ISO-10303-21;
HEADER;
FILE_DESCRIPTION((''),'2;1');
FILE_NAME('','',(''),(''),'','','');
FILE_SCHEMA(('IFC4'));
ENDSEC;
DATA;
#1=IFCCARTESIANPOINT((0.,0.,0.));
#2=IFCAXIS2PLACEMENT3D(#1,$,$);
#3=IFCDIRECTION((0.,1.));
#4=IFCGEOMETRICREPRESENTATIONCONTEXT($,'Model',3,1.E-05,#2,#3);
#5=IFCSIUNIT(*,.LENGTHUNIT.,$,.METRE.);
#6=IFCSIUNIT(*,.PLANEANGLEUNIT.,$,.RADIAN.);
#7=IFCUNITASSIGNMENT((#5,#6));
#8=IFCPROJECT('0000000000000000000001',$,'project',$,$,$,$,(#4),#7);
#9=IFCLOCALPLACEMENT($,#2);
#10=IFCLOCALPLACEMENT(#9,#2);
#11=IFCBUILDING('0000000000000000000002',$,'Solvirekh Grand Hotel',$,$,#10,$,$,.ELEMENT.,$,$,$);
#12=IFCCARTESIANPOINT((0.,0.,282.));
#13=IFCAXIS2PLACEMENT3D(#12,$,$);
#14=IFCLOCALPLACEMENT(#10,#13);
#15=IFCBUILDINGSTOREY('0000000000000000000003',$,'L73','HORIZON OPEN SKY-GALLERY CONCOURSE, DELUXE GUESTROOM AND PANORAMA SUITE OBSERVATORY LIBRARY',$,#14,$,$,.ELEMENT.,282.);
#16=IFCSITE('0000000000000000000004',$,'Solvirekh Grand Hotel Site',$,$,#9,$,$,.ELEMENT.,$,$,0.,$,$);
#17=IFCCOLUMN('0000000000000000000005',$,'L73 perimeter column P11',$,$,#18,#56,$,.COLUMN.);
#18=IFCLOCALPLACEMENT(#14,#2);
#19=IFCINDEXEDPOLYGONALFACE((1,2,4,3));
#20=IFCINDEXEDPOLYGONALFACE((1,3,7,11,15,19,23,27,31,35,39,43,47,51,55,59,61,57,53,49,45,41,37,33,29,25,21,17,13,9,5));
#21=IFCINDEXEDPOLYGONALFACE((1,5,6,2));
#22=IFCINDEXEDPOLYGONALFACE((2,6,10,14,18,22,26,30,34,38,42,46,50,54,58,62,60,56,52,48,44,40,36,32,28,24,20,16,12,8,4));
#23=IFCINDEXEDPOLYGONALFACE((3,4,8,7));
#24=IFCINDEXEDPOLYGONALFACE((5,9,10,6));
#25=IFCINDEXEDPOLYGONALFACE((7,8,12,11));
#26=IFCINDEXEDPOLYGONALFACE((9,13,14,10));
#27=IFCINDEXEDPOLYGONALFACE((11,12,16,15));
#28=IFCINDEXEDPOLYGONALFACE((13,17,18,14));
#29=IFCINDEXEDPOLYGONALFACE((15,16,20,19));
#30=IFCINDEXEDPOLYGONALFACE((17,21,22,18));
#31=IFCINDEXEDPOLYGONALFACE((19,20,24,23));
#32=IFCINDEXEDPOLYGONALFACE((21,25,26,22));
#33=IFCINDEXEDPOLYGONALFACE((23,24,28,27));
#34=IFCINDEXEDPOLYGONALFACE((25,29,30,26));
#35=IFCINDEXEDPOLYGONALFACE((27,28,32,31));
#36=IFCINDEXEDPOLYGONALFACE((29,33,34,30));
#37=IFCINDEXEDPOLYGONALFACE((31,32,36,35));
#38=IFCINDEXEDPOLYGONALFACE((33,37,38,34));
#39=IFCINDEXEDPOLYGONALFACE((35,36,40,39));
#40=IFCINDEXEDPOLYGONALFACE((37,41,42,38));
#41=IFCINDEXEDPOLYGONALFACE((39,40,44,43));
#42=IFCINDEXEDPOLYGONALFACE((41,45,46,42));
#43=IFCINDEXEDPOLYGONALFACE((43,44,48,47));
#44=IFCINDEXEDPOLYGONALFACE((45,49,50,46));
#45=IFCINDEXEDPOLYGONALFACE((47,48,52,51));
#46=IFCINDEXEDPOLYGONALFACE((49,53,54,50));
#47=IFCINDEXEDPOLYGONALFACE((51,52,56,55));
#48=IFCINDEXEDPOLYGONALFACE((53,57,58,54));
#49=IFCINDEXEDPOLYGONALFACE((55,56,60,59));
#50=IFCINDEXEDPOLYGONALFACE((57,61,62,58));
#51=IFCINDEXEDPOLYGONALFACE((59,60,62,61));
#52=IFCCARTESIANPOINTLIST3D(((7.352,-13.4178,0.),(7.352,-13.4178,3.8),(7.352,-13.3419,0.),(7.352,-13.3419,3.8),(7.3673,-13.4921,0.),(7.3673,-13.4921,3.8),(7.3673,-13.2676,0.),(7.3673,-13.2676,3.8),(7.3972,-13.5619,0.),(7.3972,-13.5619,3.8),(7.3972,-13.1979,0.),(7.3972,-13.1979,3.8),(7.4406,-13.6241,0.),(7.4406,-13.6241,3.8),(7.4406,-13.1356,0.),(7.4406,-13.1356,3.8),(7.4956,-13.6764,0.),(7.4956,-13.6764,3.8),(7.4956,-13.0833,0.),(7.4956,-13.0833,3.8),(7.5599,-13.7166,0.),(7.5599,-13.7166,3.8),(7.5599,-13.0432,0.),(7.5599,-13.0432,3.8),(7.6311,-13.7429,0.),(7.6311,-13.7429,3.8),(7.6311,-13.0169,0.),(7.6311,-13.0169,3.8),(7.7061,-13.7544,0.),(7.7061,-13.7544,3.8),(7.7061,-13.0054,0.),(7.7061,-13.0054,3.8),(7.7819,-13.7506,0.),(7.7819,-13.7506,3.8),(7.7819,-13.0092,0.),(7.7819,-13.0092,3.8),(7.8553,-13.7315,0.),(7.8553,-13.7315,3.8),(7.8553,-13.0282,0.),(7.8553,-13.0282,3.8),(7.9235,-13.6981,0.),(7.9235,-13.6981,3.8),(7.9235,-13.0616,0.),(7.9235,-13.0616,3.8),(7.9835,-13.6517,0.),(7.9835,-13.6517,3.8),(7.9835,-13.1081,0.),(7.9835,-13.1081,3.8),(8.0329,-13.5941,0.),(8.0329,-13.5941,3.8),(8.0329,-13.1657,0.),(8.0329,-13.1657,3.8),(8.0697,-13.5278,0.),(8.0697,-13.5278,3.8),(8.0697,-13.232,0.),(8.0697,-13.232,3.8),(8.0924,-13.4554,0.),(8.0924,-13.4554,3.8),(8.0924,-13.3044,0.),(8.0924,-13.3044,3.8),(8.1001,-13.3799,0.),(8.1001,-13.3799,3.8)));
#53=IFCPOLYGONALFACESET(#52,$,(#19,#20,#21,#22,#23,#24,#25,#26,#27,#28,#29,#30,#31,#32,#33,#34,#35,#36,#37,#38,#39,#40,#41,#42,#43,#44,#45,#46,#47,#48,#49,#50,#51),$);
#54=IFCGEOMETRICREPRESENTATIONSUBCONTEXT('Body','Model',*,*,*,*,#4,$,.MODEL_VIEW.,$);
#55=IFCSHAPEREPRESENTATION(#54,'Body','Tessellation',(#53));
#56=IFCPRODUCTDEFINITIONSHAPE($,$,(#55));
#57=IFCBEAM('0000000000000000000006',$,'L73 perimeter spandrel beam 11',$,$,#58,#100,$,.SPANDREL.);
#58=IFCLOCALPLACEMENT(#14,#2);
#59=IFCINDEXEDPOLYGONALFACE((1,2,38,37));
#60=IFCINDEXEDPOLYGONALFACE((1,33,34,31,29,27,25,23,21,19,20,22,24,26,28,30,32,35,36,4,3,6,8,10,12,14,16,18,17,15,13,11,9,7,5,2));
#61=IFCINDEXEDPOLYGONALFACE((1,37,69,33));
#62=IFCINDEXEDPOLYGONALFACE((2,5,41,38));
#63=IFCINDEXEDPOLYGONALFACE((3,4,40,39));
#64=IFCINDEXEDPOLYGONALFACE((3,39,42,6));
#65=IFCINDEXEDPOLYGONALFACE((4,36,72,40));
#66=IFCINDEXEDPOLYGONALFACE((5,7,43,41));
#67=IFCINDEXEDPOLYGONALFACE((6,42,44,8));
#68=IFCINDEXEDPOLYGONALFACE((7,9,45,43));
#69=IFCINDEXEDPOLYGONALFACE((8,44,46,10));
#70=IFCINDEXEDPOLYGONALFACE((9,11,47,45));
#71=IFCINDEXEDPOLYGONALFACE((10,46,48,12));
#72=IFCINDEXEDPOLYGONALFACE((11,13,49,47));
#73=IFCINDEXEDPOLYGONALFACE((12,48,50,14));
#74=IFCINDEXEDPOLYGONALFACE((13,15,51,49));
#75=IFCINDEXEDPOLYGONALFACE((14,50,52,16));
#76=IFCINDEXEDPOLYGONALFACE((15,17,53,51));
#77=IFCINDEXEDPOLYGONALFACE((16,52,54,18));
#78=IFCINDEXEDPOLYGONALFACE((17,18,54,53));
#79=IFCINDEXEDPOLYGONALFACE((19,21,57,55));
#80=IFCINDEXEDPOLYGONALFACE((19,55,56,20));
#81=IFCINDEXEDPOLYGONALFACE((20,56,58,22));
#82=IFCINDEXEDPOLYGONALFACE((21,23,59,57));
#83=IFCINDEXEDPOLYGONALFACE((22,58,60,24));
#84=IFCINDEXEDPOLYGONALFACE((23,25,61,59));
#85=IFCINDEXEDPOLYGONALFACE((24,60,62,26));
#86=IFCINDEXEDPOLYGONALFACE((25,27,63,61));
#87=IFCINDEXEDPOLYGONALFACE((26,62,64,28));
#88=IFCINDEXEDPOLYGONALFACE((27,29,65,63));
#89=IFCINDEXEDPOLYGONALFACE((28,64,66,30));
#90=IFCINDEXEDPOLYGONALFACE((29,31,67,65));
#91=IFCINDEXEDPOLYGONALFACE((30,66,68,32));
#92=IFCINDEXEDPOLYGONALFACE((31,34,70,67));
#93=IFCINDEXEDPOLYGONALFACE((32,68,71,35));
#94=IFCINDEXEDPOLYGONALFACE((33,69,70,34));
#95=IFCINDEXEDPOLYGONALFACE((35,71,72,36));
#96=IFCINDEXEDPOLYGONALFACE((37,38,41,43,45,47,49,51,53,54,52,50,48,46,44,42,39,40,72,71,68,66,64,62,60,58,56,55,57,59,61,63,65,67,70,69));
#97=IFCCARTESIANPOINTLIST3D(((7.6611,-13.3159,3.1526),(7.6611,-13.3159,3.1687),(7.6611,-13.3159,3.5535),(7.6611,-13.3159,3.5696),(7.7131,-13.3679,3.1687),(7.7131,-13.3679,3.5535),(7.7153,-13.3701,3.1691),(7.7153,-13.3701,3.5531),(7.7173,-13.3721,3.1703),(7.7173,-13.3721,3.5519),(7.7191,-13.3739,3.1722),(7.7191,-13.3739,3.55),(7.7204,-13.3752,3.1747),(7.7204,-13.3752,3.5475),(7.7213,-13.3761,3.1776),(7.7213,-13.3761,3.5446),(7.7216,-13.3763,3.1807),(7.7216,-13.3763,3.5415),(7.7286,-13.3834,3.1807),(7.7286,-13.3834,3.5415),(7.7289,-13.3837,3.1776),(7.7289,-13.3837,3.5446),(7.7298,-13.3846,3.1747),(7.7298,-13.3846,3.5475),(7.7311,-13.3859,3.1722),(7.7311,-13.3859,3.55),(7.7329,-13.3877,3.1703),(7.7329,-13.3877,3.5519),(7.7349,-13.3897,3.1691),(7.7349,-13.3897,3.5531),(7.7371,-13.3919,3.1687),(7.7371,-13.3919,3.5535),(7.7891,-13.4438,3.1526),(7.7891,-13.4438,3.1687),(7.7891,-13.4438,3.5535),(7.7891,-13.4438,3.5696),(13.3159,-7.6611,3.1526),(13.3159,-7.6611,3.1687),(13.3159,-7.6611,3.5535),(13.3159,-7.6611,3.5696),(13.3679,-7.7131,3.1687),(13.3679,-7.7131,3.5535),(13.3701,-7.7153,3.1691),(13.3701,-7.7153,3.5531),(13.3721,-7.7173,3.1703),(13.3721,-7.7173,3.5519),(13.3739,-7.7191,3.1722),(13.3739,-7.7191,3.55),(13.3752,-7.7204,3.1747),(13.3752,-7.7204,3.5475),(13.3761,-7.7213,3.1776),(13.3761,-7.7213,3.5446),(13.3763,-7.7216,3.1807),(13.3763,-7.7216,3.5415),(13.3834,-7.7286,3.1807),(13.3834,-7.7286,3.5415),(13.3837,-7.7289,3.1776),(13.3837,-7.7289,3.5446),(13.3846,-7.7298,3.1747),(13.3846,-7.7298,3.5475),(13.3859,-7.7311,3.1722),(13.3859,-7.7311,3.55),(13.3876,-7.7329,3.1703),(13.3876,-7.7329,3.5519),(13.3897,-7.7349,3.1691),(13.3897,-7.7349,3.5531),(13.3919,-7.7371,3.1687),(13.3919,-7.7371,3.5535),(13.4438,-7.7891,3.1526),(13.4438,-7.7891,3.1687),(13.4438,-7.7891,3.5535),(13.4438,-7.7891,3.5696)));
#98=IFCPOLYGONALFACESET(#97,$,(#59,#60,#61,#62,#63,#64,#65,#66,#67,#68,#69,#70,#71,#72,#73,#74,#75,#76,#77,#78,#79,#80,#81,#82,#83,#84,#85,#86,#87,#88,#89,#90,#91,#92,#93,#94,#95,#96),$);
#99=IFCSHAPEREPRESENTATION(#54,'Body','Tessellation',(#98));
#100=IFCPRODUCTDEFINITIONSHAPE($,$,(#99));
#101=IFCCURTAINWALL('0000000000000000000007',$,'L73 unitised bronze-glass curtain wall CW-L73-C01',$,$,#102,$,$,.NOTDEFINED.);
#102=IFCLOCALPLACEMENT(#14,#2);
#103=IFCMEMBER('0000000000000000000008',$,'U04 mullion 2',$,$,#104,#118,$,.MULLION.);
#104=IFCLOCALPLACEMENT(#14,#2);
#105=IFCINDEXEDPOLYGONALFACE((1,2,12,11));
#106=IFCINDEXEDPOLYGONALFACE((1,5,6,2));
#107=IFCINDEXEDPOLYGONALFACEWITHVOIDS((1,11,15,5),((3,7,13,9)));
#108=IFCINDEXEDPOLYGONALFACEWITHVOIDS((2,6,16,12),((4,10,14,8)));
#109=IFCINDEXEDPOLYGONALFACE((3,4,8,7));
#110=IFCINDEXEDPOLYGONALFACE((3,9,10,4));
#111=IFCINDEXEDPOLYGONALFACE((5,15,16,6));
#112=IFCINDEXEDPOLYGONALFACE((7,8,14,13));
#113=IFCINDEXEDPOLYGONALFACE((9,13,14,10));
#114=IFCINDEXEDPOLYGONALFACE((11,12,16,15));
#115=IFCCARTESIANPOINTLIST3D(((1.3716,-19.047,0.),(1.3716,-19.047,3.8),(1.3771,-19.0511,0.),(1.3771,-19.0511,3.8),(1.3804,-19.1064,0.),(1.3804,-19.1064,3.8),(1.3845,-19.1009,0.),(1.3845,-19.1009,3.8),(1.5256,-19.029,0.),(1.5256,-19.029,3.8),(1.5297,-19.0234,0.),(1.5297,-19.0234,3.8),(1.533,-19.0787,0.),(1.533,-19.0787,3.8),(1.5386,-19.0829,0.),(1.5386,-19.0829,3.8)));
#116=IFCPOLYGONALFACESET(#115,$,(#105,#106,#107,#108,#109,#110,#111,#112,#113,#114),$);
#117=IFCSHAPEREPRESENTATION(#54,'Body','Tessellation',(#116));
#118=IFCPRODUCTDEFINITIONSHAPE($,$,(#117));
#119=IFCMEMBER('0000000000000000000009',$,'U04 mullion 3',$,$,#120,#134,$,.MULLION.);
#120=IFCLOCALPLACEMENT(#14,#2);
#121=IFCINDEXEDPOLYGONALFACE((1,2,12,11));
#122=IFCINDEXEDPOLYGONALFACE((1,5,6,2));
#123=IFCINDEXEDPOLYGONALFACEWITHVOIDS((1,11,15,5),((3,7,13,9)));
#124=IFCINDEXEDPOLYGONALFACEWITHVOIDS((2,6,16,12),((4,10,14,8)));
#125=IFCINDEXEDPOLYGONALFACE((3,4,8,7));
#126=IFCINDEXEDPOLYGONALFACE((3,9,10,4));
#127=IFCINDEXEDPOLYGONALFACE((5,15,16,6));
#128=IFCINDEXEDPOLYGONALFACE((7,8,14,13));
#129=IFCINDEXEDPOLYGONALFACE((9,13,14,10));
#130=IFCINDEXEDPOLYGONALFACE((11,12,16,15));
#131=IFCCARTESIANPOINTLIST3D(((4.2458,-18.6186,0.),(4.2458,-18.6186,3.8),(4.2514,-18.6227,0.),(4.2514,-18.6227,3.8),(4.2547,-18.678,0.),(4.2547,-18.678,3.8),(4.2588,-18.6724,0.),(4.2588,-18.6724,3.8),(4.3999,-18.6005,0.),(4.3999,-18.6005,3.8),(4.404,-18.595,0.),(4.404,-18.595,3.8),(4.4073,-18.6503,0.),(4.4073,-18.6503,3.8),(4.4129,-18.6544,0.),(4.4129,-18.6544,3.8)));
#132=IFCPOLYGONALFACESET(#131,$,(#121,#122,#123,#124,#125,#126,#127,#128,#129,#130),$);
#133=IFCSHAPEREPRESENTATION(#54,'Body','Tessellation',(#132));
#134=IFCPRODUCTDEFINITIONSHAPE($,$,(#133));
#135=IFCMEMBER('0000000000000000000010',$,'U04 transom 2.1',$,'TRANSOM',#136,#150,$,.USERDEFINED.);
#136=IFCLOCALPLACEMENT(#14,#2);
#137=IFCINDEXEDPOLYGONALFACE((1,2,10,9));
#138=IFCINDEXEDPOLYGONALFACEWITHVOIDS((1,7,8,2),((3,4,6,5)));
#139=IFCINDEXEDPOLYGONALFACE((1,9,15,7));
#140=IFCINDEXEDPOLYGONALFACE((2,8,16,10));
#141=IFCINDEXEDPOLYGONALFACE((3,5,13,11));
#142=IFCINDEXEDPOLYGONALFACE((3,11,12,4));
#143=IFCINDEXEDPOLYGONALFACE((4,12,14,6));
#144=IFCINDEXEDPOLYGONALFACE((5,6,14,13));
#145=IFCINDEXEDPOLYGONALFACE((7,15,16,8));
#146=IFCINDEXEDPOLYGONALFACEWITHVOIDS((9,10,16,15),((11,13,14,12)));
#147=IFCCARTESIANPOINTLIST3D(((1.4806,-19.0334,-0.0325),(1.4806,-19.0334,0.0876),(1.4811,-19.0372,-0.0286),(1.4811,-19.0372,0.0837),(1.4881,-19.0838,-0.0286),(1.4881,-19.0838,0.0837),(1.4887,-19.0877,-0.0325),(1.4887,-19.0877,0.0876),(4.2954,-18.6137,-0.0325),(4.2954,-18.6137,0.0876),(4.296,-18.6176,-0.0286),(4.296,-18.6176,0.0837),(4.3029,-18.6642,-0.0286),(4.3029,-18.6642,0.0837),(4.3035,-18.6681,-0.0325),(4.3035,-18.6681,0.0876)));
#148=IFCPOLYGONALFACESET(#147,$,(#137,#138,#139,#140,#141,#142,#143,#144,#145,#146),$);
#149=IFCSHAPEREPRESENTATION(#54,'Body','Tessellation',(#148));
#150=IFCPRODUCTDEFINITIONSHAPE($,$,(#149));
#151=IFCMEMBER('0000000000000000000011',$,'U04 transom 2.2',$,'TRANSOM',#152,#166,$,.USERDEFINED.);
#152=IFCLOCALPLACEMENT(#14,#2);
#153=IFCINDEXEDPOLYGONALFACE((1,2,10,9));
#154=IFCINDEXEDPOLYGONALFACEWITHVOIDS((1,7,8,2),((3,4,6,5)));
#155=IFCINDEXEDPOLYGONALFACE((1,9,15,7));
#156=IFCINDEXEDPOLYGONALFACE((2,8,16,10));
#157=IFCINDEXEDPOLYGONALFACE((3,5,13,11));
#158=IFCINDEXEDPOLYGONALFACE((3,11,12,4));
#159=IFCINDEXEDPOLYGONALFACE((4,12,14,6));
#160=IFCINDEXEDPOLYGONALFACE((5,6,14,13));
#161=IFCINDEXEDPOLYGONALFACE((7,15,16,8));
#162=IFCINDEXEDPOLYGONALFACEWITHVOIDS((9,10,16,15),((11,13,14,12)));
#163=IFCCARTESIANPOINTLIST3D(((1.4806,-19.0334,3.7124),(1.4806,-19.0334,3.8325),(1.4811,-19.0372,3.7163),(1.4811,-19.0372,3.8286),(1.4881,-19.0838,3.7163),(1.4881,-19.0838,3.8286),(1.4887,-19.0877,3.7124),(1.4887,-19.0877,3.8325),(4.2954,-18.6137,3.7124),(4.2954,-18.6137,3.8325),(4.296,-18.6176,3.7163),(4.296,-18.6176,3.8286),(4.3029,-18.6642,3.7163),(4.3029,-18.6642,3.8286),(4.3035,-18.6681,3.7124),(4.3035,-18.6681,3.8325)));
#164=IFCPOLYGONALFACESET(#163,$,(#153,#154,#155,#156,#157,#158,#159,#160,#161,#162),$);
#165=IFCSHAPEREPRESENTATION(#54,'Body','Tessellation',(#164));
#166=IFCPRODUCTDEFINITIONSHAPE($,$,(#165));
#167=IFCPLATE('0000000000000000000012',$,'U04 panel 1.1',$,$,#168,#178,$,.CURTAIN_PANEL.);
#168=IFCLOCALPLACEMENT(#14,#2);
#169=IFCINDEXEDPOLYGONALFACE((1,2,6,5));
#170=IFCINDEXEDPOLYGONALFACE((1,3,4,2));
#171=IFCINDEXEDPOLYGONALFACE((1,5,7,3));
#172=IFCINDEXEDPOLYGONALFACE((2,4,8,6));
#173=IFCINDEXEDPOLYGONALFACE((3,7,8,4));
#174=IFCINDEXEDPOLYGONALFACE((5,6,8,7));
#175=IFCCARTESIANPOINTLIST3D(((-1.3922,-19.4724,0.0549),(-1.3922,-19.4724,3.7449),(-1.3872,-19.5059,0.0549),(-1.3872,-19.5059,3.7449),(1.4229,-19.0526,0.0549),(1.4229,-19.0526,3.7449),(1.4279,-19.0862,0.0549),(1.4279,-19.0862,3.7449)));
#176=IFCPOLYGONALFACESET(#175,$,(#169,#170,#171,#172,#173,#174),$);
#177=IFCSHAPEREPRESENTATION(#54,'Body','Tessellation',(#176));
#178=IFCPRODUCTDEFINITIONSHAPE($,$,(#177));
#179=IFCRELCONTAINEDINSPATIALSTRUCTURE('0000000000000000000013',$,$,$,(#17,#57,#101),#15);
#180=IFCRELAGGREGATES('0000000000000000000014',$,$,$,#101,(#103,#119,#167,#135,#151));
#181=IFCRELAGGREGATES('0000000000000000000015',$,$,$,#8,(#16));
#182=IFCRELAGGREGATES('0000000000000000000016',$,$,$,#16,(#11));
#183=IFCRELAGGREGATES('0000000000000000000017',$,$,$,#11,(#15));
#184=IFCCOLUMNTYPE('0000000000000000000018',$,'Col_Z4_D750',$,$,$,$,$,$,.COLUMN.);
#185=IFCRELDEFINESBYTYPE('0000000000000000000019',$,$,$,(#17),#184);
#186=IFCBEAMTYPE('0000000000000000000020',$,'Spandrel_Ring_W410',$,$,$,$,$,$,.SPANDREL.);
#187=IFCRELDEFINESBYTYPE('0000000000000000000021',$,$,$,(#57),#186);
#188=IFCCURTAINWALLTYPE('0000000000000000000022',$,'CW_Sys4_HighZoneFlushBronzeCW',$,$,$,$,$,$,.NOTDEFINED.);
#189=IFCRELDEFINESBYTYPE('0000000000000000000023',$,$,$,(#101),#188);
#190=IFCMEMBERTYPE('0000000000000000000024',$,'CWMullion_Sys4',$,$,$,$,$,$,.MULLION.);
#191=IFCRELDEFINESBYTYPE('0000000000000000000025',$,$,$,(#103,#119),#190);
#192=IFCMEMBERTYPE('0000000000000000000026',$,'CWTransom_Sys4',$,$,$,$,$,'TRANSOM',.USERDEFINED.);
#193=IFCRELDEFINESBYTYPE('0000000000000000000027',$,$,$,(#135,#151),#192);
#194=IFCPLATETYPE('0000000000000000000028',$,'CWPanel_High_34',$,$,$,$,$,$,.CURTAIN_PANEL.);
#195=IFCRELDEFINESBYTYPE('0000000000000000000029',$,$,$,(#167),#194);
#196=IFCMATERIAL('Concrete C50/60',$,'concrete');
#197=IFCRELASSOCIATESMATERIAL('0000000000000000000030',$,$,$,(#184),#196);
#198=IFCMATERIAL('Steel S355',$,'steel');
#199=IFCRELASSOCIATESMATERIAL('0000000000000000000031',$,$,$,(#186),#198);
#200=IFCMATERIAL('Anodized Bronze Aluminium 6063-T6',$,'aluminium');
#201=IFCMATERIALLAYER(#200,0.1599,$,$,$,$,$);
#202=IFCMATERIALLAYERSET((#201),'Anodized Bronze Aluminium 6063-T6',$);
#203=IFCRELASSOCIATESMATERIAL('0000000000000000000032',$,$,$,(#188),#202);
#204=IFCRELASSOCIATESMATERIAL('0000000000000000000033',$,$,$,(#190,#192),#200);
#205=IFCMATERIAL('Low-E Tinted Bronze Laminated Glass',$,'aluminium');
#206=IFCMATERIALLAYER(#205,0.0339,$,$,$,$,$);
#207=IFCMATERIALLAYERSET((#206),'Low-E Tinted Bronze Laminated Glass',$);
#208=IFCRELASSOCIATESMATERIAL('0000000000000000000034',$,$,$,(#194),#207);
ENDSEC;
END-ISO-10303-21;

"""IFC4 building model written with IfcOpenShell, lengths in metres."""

from ifc_helpers import new_model, si_unit, direction, frame, origin, origin_2d, place, context, subcontext, project, spatial, rectangle, hollow_rectangle, circle, i_section, extrude, source, transform, mapped, material, layer, layer_set, material_profile, profile_set, type_object, element, aggregate, save


model = new_model("IFC4")

# Units and contexts
model_context = context("Model", 3, precision=1e-05, world=origin(), true_north=direction((0.0, 1.0)))
body_context = subcontext(model_context, "Body", "Model", "MODEL_VIEW")
ifc_project = project(units=[si_unit("LENGTHUNIT", "METRE"), si_unit("PLANEANGLEUNIT", "RADIAN")], contexts=[model_context])

# Site, building, storey
site_placement = place(None, origin())
site = spatial("IfcSite", under=ifc_project, at=site_placement, Name="Solvirekh Grand Hotel Site", CompositionType="ELEMENT", RefElevation=0.0)
building_placement = place(site_placement, origin())
building = spatial("IfcBuilding", under=site, at=building_placement, Name="Solvirekh Grand Hotel", CompositionType="ELEMENT")
storey_placement = place(building_placement, frame((0.0, 0.0, 282.0)))
storey = spatial("IfcBuildingStorey", under=building, at=storey_placement, Name="L73", Description="HORIZON OPEN SKY-GALLERY CONCOURSE, DELUXE GUESTROOM AND PANORAMA SUITE OBSERVATORY LIBRARY", CompositionType="ELEMENT", Elevation=282.0)

# Column
ifc_material_1 = material(Name="Concrete C50/60", Category="concrete")
ifc_material_profile_1 = material_profile(ifc_material_1, circle(Radius=0.375, at=origin_2d()), Name="RC CIRC D750")
ifc_profile_set_1 = profile_set([ifc_material_profile_1], Name="Concrete C50/60")
column_type = type_object("IfcColumnType", Name="Col_Z4_D750", PredefinedType="COLUMN", material=ifc_profile_set_1)
column_placement = place(storey_placement, frame((7.7251, -13.3799, 0.0), z_axis=(0.0, 0.0, 1.0), x_axis=(1.0, 0.0, 0.0)))
element("IfcColumn", 1, at=column_placement, inside=storey, type_object=column_type, Name="L73 perimeter column P11", PredefinedType="COLUMN", context=body_context, shape_type="SweptSolid", body=[
    extrude(circle(Radius=0.375, at=origin_2d()), origin(), (0.0, 0.0, 1.0), 3.8),
])

# Beam
ifc_material_2 = material(Name="Steel S355", Category="steel")
ifc_material_profile_2 = material_profile(ifc_material_2, i_section(OverallWidth=0.1809, OverallDepth=0.417, WebThickness=0.01, FlangeThickness=0.0161, FilletRadius=0.012, at=origin_2d()), Name="W410X85")
ifc_profile_set_2 = profile_set([ifc_material_profile_2], Name="Steel S355")
beam_type = type_object("IfcBeamType", Name="Spandrel_Ring_W410", PredefinedType="SPANDREL", material=ifc_profile_set_2)
beam_placement = place(storey_placement, frame((7.7251, -13.3799, 3.3611), z_axis=(0.707107, 0.707107, 0.0), x_axis=(-0.707107, 0.707107, 0.0)))
element("IfcBeam", 2, at=beam_placement, inside=storey, type_object=beam_type, Name="L73 perimeter spandrel beam 11", PredefinedType="SPANDREL", context=body_context, shape_type="SweptSolid", body=[
    extrude(i_section(OverallWidth=0.1809, OverallDepth=0.417, WebThickness=0.01, FlangeThickness=0.0161, FilletRadius=0.012, at=origin_2d()), origin(), (0.0, 0.0, 1.0), 7.9971),
])

# Curtain wall, members, plate
ifc_material_3 = material(Name="Anodized Bronze Aluminium 6063-T6", Category="aluminium")
ifc_layer_1 = layer(ifc_material_3, 0.1599)
ifc_layer_set_1 = layer_set([ifc_layer_1], Name="Anodized Bronze Aluminium 6063-T6")
curtain_wall_type = type_object("IfcCurtainWallType", Name="CW_Sys4_HighZoneFlushBronzeCW", PredefinedType="NOTDEFINED", material=ifc_layer_set_1)
curtain_wall_placement = place(storey_placement, origin())
curtain_wall = element("IfcCurtainWall", 3, at=curtain_wall_placement, inside=storey, type_object=curtain_wall_type, Name="L73 unitised bronze-glass curtain wall CW-L73-C01", PredefinedType="NOTDEFINED")
ifc_material_profile_3 = material_profile(ifc_material_3, hollow_rectangle(XDim=0.0601, YDim=0.1599, WallThickness=0.0049, at=origin_2d()), Name="ALU RHS 160X60X5")
ifc_profile_set_3 = profile_set([ifc_material_profile_3], Name="Anodized Bronze Aluminium 6063-T6")
member_type_1 = type_object("IfcMemberType", Name="CWMullion_Sys4", PredefinedType="MULLION", material=ifc_profile_set_3)
shared_shape_1 = source(origin(), body_context, "Body", "SweptSolid", [
    extrude(hollow_rectangle(XDim=0.0601, YDim=0.1599, WallThickness=0.0049, at=origin_2d()), origin(), (0.0, 0.0, 1.0), 3.8),
])
member_1_placement = place(storey_placement, frame((1.4551, -19.0649, 0.0), z_axis=(0.0, 0.0, 1.0), x_axis=(-0.147474, 0.989066, 0.0)))
member_1 = element("IfcMember", 4, at=member_1_placement, type_object=member_type_1, Name="U04 mullion 2", PredefinedType="MULLION", context=body_context, shape_type="MappedRepresentation", body=[
    mapped(shared_shape_1, transform((0.0, 0.0, 0.0), x_axis=(1.0, 0.0, 0.0), y_axis=(0.0, 1.0, 0.0), z_axis=(0.0, 0.0, 1.0), scale=1.0)),
])
member_2_placement = place(storey_placement, frame((4.3293, -18.6365, 0.0), z_axis=(0.0, 0.0, 1.0), x_axis=(-0.147474, 0.989066, 0.0)))
member_2 = element("IfcMember", 5, at=member_2_placement, type_object=member_type_1, Name="U04 mullion 3", PredefinedType="MULLION", context=body_context, shape_type="MappedRepresentation", body=[
    mapped(shared_shape_1, transform((0.0, 0.0, 0.0), x_axis=(1.0, 0.0, 0.0), y_axis=(0.0, 1.0, 0.0), z_axis=(0.0, 0.0, 1.0), scale=1.0)),
])
ifc_material_profile_4 = material_profile(ifc_material_3, hollow_rectangle(XDim=0.0549, YDim=0.1201, WallThickness=0.0039, at=origin_2d()), Name="ALU RHS 120X55X4")
ifc_profile_set_4 = profile_set([ifc_material_profile_4], Name="Anodized Bronze Aluminium 6063-T6")
member_type_2 = type_object("IfcMemberType", Name="CWTransom_Sys4", ElementType="TRANSOM", PredefinedType="USERDEFINED", material=ifc_profile_set_4)
shared_shape_2 = source(origin(), body_context, "Body", "SweptSolid", [
    extrude(hollow_rectangle(XDim=0.0549, YDim=0.1201, WallThickness=0.0039, at=origin_2d()), origin(), (0.0, 0.0, 1.0), 2.8459),
])
member_3_placement = place(storey_placement, frame((1.4846, -19.0605, 0.0276), z_axis=(0.989068, 0.14746, 0.0), x_axis=(-0.14746, 0.989068, 0.0)))
member_3 = element("IfcMember", 6, at=member_3_placement, type_object=member_type_2, Name="U04 transom 2.1", ObjectType="TRANSOM", PredefinedType="USERDEFINED", context=body_context, shape_type="MappedRepresentation", body=[
    mapped(shared_shape_2, transform((0.0, 0.0, 0.0), x_axis=(1.0, 0.0, 0.0), y_axis=(0.0, 1.0, 0.0), z_axis=(0.0, 0.0, 1.0), scale=1.0)),
])
member_4_placement = place(storey_placement, frame((1.4846, -19.0605, 3.7725), z_axis=(0.989068, 0.14746, 0.0), x_axis=(-0.14746, 0.989068, 0.0)))
member_4 = element("IfcMember", 7, at=member_4_placement, type_object=member_type_2, Name="U04 transom 2.2", ObjectType="TRANSOM", PredefinedType="USERDEFINED", context=body_context, shape_type="MappedRepresentation", body=[
    mapped(shared_shape_2, transform((0.0, 0.0, 0.0), x_axis=(1.0, 0.0, 0.0), y_axis=(0.0, 1.0, 0.0), z_axis=(0.0, 0.0, 1.0), scale=1.0)),
])
ifc_material_4 = material(Name="Low-E Tinted Bronze Laminated Glass", Category="aluminium")
ifc_layer_2 = layer(ifc_material_4, 0.0339)
ifc_layer_set_2 = layer_set([ifc_layer_2], Name="Low-E Tinted Bronze Laminated Glass")
plate_type = type_object("IfcPlateType", Name="CWPanel_High_34", PredefinedType="CURTAIN_PANEL", material=ifc_layer_set_2)
shared_shape_3 = source(origin(), body_context, "Body", "SweptSolid", [
    extrude(rectangle(XDim=2.8462, YDim=0.0339, at=origin_2d()), origin(), (0.0, 0.0, 1.0), 3.6899),
])
plate_1_placement = place(storey_placement, frame((0.0178, -19.2793, 0.0549), z_axis=(0.0, 0.0, 1.0), x_axis=(0.989066, 0.147474, 0.0)))
plate_1 = element("IfcPlate", 8, at=plate_1_placement, type_object=plate_type, Name="U04 panel 1.1", PredefinedType="CURTAIN_PANEL", context=body_context, shape_type="MappedRepresentation", body=[
    mapped(shared_shape_3, transform((0.0, 0.0, 0.0), x_axis=(1.0, 0.0, 0.0), y_axis=(0.0, 1.0, 0.0), z_axis=(0.0, 0.0, 1.0), scale=1.0)),
])
aggregate(curtain_wall, [member_1, member_2, plate_1, member_3, member_4])

save(model, "model.ifc")
